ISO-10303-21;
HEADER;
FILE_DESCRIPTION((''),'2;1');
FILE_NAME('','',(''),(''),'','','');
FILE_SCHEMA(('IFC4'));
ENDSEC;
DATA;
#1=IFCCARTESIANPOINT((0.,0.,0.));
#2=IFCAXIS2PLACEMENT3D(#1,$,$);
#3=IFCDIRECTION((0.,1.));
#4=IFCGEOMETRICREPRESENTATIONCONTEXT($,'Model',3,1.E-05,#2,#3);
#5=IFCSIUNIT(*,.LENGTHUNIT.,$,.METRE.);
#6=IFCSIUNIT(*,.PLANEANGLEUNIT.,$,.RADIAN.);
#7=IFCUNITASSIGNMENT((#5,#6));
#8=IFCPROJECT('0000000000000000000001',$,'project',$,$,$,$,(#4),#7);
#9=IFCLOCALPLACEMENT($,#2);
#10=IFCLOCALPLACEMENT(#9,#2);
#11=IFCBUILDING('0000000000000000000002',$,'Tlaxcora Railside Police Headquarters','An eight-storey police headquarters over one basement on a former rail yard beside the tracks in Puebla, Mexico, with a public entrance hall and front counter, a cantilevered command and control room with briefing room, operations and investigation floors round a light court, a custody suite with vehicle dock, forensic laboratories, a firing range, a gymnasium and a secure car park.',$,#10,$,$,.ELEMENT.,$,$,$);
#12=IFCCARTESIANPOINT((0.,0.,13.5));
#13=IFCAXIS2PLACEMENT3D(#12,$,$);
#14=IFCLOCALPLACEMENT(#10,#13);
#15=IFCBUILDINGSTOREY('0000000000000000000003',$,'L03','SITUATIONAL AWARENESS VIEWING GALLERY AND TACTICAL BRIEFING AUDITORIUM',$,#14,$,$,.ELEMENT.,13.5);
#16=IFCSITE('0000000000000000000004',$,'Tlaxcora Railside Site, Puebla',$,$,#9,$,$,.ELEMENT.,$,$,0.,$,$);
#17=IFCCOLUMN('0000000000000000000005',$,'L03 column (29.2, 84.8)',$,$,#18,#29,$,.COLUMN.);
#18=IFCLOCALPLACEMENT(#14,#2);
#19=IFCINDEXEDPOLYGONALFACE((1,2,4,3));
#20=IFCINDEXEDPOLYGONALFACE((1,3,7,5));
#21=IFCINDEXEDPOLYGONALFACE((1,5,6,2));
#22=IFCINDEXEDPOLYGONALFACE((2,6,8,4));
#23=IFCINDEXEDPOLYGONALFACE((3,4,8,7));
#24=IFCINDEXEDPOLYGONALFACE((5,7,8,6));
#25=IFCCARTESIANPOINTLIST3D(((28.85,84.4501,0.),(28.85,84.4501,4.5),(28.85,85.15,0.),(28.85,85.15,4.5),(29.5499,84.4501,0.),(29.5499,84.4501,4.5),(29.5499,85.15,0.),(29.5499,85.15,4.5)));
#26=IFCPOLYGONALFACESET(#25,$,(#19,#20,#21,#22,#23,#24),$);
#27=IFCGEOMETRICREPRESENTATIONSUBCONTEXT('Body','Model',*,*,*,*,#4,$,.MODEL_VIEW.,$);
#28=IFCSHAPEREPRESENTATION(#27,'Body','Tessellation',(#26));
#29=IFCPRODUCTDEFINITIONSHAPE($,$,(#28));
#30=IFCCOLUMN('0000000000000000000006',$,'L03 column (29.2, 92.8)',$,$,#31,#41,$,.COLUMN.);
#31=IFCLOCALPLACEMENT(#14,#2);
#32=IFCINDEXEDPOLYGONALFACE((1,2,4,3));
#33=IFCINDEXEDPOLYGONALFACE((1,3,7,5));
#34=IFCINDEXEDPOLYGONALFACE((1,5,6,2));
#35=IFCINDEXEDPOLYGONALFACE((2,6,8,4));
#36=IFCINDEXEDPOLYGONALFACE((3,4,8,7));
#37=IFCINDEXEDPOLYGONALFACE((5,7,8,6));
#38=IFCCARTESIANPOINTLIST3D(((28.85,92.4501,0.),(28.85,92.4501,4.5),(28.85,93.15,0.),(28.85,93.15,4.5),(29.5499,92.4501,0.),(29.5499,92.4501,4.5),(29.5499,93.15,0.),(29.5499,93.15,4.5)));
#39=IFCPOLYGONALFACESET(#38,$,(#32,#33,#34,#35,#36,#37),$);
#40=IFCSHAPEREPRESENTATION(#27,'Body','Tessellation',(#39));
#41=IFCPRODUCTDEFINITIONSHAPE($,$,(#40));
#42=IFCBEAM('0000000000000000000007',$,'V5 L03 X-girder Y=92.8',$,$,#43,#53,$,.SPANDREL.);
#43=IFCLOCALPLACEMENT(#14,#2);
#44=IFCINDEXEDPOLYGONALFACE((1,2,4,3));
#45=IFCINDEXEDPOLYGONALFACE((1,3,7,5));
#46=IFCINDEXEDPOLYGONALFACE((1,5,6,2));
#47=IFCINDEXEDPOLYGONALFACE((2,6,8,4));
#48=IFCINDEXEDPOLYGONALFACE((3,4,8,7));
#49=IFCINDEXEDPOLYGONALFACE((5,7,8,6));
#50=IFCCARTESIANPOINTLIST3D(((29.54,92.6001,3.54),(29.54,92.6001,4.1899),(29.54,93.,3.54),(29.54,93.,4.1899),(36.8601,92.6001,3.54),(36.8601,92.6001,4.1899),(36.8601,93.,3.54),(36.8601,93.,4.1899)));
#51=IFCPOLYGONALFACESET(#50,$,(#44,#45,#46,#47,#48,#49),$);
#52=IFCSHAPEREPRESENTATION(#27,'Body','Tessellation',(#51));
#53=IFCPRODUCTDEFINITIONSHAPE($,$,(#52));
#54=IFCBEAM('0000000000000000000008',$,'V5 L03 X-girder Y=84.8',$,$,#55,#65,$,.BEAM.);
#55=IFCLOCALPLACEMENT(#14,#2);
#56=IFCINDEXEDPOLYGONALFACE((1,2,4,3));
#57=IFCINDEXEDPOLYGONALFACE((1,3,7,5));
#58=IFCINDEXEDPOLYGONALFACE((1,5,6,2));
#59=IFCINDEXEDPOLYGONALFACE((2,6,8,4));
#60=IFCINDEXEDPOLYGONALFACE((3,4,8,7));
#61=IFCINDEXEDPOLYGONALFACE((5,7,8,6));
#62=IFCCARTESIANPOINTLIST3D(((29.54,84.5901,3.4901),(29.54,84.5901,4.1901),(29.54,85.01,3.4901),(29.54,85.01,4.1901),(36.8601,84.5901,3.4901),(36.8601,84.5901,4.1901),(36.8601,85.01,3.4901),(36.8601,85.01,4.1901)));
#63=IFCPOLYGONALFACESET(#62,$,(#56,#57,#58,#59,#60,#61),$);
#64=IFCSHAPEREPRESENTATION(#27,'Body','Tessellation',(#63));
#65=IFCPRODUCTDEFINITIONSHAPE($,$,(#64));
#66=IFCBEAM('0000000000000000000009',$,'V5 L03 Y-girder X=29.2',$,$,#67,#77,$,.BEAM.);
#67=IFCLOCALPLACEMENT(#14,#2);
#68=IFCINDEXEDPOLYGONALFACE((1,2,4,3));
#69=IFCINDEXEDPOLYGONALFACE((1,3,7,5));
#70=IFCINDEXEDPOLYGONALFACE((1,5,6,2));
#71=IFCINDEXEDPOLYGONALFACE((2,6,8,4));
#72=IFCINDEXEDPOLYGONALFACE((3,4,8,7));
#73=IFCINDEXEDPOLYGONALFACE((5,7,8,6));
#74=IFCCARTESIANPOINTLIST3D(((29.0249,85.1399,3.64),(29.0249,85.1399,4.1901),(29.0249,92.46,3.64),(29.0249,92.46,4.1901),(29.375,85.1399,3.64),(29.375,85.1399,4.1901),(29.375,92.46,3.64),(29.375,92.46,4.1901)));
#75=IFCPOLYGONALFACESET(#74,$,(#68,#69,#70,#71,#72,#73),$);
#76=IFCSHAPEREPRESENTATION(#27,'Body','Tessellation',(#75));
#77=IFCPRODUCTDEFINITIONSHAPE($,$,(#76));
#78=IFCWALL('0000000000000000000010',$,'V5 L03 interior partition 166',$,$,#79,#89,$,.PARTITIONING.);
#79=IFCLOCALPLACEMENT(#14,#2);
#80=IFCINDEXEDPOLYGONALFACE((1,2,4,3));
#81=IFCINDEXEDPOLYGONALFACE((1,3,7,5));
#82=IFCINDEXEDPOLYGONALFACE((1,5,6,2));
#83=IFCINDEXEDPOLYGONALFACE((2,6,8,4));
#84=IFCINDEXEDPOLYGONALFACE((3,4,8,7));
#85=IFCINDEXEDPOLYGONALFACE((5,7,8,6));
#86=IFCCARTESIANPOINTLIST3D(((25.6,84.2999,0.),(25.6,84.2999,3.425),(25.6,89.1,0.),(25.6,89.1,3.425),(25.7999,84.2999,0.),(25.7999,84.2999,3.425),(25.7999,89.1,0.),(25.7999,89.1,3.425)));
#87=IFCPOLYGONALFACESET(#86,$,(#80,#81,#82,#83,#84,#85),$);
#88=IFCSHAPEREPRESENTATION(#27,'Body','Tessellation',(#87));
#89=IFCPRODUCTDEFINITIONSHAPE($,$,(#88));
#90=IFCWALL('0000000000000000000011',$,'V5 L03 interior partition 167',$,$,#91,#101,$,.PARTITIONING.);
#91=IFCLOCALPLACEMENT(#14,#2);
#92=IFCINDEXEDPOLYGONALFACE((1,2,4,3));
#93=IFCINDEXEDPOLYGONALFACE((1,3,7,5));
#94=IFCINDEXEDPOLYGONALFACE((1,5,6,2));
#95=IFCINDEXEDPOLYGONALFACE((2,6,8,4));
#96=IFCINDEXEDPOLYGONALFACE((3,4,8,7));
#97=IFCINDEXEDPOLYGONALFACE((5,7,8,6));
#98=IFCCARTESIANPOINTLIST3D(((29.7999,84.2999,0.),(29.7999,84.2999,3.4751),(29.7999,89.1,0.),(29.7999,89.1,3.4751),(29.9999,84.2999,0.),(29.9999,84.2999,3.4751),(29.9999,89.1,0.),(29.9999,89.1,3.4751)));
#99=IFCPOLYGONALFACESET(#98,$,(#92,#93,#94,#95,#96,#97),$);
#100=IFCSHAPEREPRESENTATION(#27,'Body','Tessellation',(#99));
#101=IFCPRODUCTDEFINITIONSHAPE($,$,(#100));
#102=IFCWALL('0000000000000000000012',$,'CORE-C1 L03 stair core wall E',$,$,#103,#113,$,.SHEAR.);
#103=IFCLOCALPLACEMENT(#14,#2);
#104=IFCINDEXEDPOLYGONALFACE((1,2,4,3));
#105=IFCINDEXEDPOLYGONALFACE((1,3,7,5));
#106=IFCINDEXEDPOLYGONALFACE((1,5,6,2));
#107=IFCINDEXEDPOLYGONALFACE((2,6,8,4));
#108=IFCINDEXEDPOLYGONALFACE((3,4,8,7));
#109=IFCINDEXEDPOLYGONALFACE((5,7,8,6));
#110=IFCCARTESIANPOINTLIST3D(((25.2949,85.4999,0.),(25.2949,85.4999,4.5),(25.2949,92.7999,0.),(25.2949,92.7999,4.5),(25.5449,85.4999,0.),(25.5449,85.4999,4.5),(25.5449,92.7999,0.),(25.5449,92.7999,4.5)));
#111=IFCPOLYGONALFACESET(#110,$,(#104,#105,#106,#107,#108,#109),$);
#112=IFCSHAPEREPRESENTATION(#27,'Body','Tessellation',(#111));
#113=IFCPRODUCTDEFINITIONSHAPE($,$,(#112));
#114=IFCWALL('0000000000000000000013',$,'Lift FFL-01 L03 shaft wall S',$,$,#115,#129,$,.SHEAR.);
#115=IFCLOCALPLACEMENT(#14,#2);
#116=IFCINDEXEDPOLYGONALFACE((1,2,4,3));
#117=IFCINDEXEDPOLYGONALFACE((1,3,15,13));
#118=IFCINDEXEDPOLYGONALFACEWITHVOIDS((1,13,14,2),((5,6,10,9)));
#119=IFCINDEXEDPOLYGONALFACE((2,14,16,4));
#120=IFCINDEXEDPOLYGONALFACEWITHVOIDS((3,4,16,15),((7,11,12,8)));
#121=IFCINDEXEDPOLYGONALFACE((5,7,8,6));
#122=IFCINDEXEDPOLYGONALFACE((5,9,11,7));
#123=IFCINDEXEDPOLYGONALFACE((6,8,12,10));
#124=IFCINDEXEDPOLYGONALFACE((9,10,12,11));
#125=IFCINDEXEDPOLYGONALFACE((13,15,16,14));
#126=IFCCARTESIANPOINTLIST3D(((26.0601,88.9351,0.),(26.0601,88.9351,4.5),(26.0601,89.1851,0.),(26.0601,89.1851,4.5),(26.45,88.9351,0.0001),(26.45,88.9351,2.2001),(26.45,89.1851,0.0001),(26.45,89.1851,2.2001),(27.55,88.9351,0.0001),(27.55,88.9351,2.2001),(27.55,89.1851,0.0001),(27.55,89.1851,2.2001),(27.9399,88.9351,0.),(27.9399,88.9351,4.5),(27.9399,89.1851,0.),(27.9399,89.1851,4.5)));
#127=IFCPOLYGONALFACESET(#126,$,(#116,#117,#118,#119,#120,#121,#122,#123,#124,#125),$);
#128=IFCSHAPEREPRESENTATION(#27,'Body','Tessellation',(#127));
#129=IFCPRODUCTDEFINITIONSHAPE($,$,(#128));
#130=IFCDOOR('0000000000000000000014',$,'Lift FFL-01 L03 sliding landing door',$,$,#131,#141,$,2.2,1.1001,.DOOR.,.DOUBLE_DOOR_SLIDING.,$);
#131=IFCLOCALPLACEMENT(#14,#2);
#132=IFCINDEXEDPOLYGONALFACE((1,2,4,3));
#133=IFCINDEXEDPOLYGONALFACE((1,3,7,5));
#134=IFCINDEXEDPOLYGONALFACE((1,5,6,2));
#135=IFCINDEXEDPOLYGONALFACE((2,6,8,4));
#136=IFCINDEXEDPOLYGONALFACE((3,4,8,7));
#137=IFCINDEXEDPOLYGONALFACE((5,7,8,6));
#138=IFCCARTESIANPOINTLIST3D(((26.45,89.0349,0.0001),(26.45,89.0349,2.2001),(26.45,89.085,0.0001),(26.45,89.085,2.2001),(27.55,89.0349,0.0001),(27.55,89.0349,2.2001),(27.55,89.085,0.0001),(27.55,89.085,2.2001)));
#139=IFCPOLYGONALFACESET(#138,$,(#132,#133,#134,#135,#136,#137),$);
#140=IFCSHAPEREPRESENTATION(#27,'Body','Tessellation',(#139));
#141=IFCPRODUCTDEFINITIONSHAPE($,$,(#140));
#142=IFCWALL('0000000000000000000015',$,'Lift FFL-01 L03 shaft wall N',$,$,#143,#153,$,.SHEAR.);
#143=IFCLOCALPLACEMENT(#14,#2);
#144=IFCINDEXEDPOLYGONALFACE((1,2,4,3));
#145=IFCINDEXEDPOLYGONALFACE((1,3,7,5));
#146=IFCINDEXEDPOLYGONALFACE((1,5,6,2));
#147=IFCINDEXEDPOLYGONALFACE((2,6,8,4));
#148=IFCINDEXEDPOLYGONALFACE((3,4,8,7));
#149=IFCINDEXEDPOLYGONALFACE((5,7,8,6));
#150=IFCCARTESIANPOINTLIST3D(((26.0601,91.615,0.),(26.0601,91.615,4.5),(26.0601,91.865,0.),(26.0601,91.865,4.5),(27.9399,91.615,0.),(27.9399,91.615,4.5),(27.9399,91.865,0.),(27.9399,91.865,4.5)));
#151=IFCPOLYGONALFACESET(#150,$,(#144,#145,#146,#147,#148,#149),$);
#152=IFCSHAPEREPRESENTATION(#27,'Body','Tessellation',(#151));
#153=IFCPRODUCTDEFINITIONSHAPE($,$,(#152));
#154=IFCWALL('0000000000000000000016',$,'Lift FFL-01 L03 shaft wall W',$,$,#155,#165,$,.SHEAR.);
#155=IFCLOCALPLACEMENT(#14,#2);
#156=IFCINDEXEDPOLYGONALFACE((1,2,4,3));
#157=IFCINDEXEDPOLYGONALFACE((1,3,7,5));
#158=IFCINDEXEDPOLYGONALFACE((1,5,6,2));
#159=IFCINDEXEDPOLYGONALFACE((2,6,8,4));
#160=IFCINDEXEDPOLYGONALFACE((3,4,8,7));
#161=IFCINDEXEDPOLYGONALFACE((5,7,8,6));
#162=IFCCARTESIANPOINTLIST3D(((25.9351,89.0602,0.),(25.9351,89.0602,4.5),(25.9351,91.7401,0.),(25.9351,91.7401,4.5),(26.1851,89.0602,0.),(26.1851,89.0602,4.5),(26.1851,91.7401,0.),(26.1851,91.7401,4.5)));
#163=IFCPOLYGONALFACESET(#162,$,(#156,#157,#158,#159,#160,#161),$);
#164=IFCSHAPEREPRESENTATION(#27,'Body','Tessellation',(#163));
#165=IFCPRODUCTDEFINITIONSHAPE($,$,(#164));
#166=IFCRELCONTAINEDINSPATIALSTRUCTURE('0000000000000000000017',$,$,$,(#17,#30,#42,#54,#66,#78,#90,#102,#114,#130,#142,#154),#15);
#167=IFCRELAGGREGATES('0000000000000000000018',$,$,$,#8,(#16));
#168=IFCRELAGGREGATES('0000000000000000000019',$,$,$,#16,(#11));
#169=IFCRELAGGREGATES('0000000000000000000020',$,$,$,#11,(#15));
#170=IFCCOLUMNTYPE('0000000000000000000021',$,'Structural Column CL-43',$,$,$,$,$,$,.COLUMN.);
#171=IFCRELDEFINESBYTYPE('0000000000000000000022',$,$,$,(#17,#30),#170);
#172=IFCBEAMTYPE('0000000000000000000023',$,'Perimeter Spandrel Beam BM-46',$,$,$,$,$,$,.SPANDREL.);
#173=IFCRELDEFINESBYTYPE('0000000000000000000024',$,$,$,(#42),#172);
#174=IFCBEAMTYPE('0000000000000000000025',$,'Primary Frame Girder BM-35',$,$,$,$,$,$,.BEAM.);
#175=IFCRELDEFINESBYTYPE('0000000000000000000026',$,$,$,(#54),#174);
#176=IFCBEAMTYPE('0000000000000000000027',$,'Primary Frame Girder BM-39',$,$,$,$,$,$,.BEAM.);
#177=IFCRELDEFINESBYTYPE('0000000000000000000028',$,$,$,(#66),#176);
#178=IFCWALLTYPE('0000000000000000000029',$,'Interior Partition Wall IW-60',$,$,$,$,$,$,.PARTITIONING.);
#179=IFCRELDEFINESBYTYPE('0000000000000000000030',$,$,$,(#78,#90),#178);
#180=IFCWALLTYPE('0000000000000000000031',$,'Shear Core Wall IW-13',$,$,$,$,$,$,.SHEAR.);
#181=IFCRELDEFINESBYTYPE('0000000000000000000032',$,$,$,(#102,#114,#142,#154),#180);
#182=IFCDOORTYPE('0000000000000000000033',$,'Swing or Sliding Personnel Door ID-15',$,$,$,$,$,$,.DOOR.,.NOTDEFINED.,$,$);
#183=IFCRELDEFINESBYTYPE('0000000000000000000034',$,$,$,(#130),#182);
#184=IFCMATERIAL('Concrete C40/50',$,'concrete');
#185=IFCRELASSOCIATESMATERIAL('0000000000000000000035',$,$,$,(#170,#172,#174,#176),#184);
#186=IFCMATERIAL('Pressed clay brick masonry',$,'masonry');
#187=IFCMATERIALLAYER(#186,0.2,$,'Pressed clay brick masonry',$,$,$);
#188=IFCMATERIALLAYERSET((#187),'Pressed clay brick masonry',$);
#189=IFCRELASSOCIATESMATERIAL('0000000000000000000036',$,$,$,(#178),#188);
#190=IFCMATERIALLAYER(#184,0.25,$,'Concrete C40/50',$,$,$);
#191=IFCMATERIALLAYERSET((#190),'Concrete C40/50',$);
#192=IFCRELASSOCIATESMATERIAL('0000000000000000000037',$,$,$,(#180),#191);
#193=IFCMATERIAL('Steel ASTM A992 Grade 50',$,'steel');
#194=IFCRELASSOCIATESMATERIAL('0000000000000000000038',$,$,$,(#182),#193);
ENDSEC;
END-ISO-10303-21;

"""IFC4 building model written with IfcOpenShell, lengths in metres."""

from ifc_helpers import new_model, si_unit, direction, frame, frame_2d, origin, origin_2d, place, context, subcontext, project, spatial, rectangle, extrude, material, layer, layer_set, material_profile, profile_set, type_object, element, fill, save


model = new_model("IFC4")

# Units and contexts
model_context = context("Model", 3, precision=1e-05, world=origin(), true_north=direction((0.0, 1.0)))
body_context = subcontext(model_context, "Body", "Model", "MODEL_VIEW")
ifc_project = project(units=[si_unit("LENGTHUNIT", "METRE"), si_unit("PLANEANGLEUNIT", "RADIAN")], contexts=[model_context])

# Site, building, storey
site_placement = place(None, origin())
site = spatial("IfcSite", under=ifc_project, at=site_placement, Name="Tlaxcora Railside Site, Puebla", CompositionType="ELEMENT", RefElevation=0.0)
building_placement = place(site_placement, origin())
building = spatial("IfcBuilding", under=site, at=building_placement, Name="Tlaxcora Railside Police Headquarters", Description="An eight-storey police headquarters over one basement on a former rail yard beside the tracks in Puebla, Mexico, with a public entrance hall and front counter, a cantilevered command and control room with briefing room, operations and investigation floors round a light court, a custody suite with vehicle dock, forensic laboratories, a firing range, a gymnasium and a secure car park.", CompositionType="ELEMENT")
storey_placement = place(building_placement, frame((0.0, 0.0, 13.5)))
storey = spatial("IfcBuildingStorey", under=building, at=storey_placement, Name="L03", Description="SITUATIONAL AWARENESS VIEWING GALLERY AND TACTICAL BRIEFING AUDITORIUM", CompositionType="ELEMENT", Elevation=13.5)

# Columns
ifc_material_1 = material(Name="Concrete C40/50", Category="concrete")
ifc_material_profile_1 = material_profile(ifc_material_1, rectangle(XDim=0.7, YDim=0.7, at=origin_2d()), Name="RC700X700")
ifc_profile_set_1 = profile_set([ifc_material_profile_1], Name="Concrete C40/50")
column_type = type_object("IfcColumnType", Name="Structural Column CL-43", PredefinedType="COLUMN", material=ifc_profile_set_1)
for number, where, z_axis, x_axis, name in (
    (1, (29.2, 84.8, 0.0), (0.0, 0.0, 1.0), (1.0, 0.0, 0.0), "L03 column (29.2, 84.8)"),
    (2, (29.2, 92.8, 0.0), (0.0, 0.0, 1.0), (1.0, 0.0, 0.0), "L03 column (29.2, 92.8)"),
):
    element("IfcColumn", number, at=place(storey_placement, frame(where, z_axis=z_axis, x_axis=x_axis)), inside=storey, type_object=column_type, Name=name, PredefinedType="COLUMN", context=body_context, shape_type="SweptSolid", body=[
        extrude(rectangle(XDim=0.7, YDim=0.7, at=origin_2d()), origin(), (0.0, 0.0, 1.0), 4.5),
    ])

# Beams
ifc_material_profile_2 = material_profile(ifc_material_1, rectangle(XDim=0.3999, YDim=0.6499, at=origin_2d()), Name="RC400X650")
ifc_profile_set_2 = profile_set([ifc_material_profile_2], Name="Concrete C40/50")
beam_type_1 = type_object("IfcBeamType", Name="Perimeter Spandrel Beam BM-46", PredefinedType="SPANDREL", material=ifc_profile_set_2)
beam_1_placement = place(storey_placement, frame((29.54, 92.8, 3.865), z_axis=(1.0, 0.0, 0.0), x_axis=(0.0, 1.0, 0.0)))
element("IfcBeam", 3, at=beam_1_placement, inside=storey, type_object=beam_type_1, Name="V5 L03 X-girder Y=92.8", PredefinedType="SPANDREL", context=body_context, shape_type="SweptSolid", body=[
    extrude(rectangle(XDim=0.3999, YDim=0.6499, at=origin_2d()), origin(), (0.0, 0.0, 1.0), 7.3201),
])
ifc_material_profile_3 = material_profile(ifc_material_1, rectangle(XDim=0.4199, YDim=0.7, at=origin_2d()), Name="RC420X700")
ifc_profile_set_3 = profile_set([ifc_material_profile_3], Name="Concrete C40/50")
beam_type_2 = type_object("IfcBeamType", Name="Primary Frame Girder BM-35", PredefinedType="BEAM", material=ifc_profile_set_3)
beam_2_placement = place(storey_placement, frame((29.54, 84.8, 3.8401), z_axis=(1.0, 0.0, 0.0), x_axis=(0.0, 1.0, 0.0)))
element("IfcBeam", 4, at=beam_2_placement, inside=storey, type_object=beam_type_2, Name="V5 L03 X-girder Y=84.8", PredefinedType="BEAM", context=body_context, shape_type="SweptSolid", body=[
    extrude(rectangle(XDim=0.4199, YDim=0.7, at=origin_2d()), origin(), (0.0, 0.0, 1.0), 7.3201),
])
ifc_material_profile_4 = material_profile(ifc_material_1, rectangle(XDim=0.3501, YDim=0.55, at=origin_2d()), Name="RC350X550")
ifc_profile_set_4 = profile_set([ifc_material_profile_4], Name="Concrete C40/50")
beam_type_3 = type_object("IfcBeamType", Name="Primary Frame Girder BM-39", PredefinedType="BEAM", material=ifc_profile_set_4)
beam_3_placement = place(storey_placement, frame((29.2, 85.1399, 3.915), z_axis=(0.0, 1.0, 0.0), x_axis=(-1.0, 0.0, 0.0)))
element("IfcBeam", 5, at=beam_3_placement, inside=storey, type_object=beam_type_3, Name="V5 L03 Y-girder X=29.2", PredefinedType="BEAM", context=body_context, shape_type="SweptSolid", body=[
    extrude(rectangle(XDim=0.3501, YDim=0.55, at=origin_2d()), origin(), (0.0, 0.0, 1.0), 7.3201),
])

# Shared definitions
ifc_material_2 = material(Name="Pressed clay brick masonry", Category="masonry")
ifc_layer_1 = layer(ifc_material_2, 0.2, Name="Pressed clay brick masonry")
ifc_layer_set_1 = layer_set([ifc_layer_1], Name="Pressed clay brick masonry")
wall_type_1 = type_object("IfcWallType", Name="Interior Partition Wall IW-60", PredefinedType="PARTITIONING", material=ifc_layer_set_1)
ifc_material_3 = material(Name="Steel ASTM A992 Grade 50", Category="steel")

# Walls
wall_1_placement = place(storey_placement, frame((25.7, 84.3, 0.0), z_axis=(0.0, 0.0, 1.0), x_axis=(0.0, 1.0, 0.0)))
element("IfcWall", 6, at=wall_1_placement, inside=storey, type_object=wall_type_1, Name="V5 L03 interior partition 166", PredefinedType="PARTITIONING", context=body_context, shape_type="SweptSolid", body=[
    extrude(rectangle(XDim=4.8, YDim=0.2, at=frame_2d((2.3999, 0.0))), origin(), (0.0, 0.0, 1.0), 3.425),
])
wall_2_placement = place(storey_placement, frame((29.8999, 84.3, 0.0), z_axis=(0.0, 0.0, 1.0), x_axis=(0.0, 1.0, 0.0)))
element("IfcWall", 7, at=wall_2_placement, inside=storey, type_object=wall_type_1, Name="V5 L03 interior partition 167", PredefinedType="PARTITIONING", context=body_context, shape_type="SweptSolid", body=[
    extrude(rectangle(XDim=4.8, YDim=0.2, at=frame_2d((2.3999, 0.0))), origin(), (0.0, 0.0, 1.0), 3.4751),
])
ifc_layer_2 = layer(ifc_material_1, 0.25, Name="Concrete C40/50")
ifc_layer_set_2 = layer_set([ifc_layer_2], Name="Concrete C40/50")
wall_type_2 = type_object("IfcWallType", Name="Shear Core Wall IW-13", PredefinedType="SHEAR", material=ifc_layer_set_2)
wall_3_placement = place(storey_placement, frame((25.4199, 85.5, 0.0), z_axis=(0.0, 0.0, 1.0), x_axis=(0.0, 1.0, 0.0)))
element("IfcWall", 8, at=wall_3_placement, inside=storey, type_object=wall_type_2, Name="CORE-C1 L03 stair core wall E", PredefinedType="SHEAR", context=body_context, shape_type="SweptSolid", body=[
    extrude(rectangle(XDim=7.3, YDim=0.25, at=frame_2d((3.6499, 0.0))), origin(), (0.0, 0.0, 1.0), 4.5),
])

# Wall, opening, door
wall_4_placement = place(storey_placement, frame((26.0601, 89.0601, 0.0), z_axis=(0.0, 0.0, 1.0), x_axis=(1.0, 0.0, 0.0)))
wall_4 = element("IfcWall", 9, at=wall_4_placement, inside=storey, type_object=wall_type_2, Name="Lift FFL-01 L03 shaft wall S", PredefinedType="SHEAR", context=body_context, shape_type="SweptSolid", body=[
    extrude(rectangle(XDim=1.8799, YDim=0.25, at=frame_2d((0.9399, 0.0))), origin(), (0.0, 0.0, 1.0), 4.5),
])
opening_1_placement = place(wall_4_placement, frame((0.3899, 0.0, 0.0)))
opening_1 = element("IfcOpeningElement", 10, at=opening_1_placement, cuts=wall_4, PredefinedType="OPENING", context=body_context, shape_type="SweptSolid", body=[
    extrude(rectangle(XDim=1.1001, YDim=2.2, at=frame_2d((0.55, 1.1001))), frame((0.0, 0.135, 0.0), z_axis=(0.0, -1.0, 0.0), x_axis=(1.0, 0.0, 0.0)), (0.0, 0.0, 1.0), 0.27),
])
door_type_1 = type_object("IfcDoorType", Name="Swing or Sliding Personnel Door ID-15", OperationType="NOTDEFINED", PredefinedType="DOOR", material=ifc_material_3)
door_1_placement = place(opening_1_placement, origin())
door_1 = element("IfcDoor", 11, at=door_1_placement, inside=storey, type_object=door_type_1, Name="Lift FFL-01 L03 sliding landing door", OperationType="DOUBLE_DOOR_SLIDING", OverallHeight=2.2, OverallWidth=1.1001, PredefinedType="DOOR", context=body_context, shape_type="SweptSolid", body=[
    extrude(rectangle(XDim=1.1001, YDim=2.2, at=frame_2d((0.55, 1.1001))), frame((0.0, 0.0249, 0.0), z_axis=(0.0, -1.0, 0.0), x_axis=(1.0, 0.0, 0.0)), (0.0, 0.0, 1.0), 0.05),
])
fill(opening_1, door_1)

# Walls
wall_5_placement = place(storey_placement, frame((27.9399, 91.74, 0.0), z_axis=(0.0, 0.0, 1.0), x_axis=(-1.0, 0.0, 0.0)))
element("IfcWall", 12, at=wall_5_placement, inside=storey, type_object=wall_type_2, Name="Lift FFL-01 L03 shaft wall N", PredefinedType="SHEAR", context=body_context, shape_type="SweptSolid", body=[
    extrude(rectangle(XDim=1.8799, YDim=0.25, at=frame_2d((0.9399, 0.0))), origin(), (0.0, 0.0, 1.0), 4.5),
])
wall_6_placement = place(storey_placement, frame((26.0601, 91.74, 0.0), z_axis=(0.0, 0.0, 1.0), x_axis=(0.0, -1.0, 0.0)))
element("IfcWall", 13, at=wall_6_placement, inside=storey, type_object=wall_type_2, Name="Lift FFL-01 L03 shaft wall W", PredefinedType="SHEAR", context=body_context, shape_type="SweptSolid", body=[
    extrude(rectangle(XDim=2.6799, YDim=0.25, at=frame_2d((1.3398, 0.0))), origin(), (0.0, 0.0, 1.0), 4.5),
])

save(model, "model.ifc")
